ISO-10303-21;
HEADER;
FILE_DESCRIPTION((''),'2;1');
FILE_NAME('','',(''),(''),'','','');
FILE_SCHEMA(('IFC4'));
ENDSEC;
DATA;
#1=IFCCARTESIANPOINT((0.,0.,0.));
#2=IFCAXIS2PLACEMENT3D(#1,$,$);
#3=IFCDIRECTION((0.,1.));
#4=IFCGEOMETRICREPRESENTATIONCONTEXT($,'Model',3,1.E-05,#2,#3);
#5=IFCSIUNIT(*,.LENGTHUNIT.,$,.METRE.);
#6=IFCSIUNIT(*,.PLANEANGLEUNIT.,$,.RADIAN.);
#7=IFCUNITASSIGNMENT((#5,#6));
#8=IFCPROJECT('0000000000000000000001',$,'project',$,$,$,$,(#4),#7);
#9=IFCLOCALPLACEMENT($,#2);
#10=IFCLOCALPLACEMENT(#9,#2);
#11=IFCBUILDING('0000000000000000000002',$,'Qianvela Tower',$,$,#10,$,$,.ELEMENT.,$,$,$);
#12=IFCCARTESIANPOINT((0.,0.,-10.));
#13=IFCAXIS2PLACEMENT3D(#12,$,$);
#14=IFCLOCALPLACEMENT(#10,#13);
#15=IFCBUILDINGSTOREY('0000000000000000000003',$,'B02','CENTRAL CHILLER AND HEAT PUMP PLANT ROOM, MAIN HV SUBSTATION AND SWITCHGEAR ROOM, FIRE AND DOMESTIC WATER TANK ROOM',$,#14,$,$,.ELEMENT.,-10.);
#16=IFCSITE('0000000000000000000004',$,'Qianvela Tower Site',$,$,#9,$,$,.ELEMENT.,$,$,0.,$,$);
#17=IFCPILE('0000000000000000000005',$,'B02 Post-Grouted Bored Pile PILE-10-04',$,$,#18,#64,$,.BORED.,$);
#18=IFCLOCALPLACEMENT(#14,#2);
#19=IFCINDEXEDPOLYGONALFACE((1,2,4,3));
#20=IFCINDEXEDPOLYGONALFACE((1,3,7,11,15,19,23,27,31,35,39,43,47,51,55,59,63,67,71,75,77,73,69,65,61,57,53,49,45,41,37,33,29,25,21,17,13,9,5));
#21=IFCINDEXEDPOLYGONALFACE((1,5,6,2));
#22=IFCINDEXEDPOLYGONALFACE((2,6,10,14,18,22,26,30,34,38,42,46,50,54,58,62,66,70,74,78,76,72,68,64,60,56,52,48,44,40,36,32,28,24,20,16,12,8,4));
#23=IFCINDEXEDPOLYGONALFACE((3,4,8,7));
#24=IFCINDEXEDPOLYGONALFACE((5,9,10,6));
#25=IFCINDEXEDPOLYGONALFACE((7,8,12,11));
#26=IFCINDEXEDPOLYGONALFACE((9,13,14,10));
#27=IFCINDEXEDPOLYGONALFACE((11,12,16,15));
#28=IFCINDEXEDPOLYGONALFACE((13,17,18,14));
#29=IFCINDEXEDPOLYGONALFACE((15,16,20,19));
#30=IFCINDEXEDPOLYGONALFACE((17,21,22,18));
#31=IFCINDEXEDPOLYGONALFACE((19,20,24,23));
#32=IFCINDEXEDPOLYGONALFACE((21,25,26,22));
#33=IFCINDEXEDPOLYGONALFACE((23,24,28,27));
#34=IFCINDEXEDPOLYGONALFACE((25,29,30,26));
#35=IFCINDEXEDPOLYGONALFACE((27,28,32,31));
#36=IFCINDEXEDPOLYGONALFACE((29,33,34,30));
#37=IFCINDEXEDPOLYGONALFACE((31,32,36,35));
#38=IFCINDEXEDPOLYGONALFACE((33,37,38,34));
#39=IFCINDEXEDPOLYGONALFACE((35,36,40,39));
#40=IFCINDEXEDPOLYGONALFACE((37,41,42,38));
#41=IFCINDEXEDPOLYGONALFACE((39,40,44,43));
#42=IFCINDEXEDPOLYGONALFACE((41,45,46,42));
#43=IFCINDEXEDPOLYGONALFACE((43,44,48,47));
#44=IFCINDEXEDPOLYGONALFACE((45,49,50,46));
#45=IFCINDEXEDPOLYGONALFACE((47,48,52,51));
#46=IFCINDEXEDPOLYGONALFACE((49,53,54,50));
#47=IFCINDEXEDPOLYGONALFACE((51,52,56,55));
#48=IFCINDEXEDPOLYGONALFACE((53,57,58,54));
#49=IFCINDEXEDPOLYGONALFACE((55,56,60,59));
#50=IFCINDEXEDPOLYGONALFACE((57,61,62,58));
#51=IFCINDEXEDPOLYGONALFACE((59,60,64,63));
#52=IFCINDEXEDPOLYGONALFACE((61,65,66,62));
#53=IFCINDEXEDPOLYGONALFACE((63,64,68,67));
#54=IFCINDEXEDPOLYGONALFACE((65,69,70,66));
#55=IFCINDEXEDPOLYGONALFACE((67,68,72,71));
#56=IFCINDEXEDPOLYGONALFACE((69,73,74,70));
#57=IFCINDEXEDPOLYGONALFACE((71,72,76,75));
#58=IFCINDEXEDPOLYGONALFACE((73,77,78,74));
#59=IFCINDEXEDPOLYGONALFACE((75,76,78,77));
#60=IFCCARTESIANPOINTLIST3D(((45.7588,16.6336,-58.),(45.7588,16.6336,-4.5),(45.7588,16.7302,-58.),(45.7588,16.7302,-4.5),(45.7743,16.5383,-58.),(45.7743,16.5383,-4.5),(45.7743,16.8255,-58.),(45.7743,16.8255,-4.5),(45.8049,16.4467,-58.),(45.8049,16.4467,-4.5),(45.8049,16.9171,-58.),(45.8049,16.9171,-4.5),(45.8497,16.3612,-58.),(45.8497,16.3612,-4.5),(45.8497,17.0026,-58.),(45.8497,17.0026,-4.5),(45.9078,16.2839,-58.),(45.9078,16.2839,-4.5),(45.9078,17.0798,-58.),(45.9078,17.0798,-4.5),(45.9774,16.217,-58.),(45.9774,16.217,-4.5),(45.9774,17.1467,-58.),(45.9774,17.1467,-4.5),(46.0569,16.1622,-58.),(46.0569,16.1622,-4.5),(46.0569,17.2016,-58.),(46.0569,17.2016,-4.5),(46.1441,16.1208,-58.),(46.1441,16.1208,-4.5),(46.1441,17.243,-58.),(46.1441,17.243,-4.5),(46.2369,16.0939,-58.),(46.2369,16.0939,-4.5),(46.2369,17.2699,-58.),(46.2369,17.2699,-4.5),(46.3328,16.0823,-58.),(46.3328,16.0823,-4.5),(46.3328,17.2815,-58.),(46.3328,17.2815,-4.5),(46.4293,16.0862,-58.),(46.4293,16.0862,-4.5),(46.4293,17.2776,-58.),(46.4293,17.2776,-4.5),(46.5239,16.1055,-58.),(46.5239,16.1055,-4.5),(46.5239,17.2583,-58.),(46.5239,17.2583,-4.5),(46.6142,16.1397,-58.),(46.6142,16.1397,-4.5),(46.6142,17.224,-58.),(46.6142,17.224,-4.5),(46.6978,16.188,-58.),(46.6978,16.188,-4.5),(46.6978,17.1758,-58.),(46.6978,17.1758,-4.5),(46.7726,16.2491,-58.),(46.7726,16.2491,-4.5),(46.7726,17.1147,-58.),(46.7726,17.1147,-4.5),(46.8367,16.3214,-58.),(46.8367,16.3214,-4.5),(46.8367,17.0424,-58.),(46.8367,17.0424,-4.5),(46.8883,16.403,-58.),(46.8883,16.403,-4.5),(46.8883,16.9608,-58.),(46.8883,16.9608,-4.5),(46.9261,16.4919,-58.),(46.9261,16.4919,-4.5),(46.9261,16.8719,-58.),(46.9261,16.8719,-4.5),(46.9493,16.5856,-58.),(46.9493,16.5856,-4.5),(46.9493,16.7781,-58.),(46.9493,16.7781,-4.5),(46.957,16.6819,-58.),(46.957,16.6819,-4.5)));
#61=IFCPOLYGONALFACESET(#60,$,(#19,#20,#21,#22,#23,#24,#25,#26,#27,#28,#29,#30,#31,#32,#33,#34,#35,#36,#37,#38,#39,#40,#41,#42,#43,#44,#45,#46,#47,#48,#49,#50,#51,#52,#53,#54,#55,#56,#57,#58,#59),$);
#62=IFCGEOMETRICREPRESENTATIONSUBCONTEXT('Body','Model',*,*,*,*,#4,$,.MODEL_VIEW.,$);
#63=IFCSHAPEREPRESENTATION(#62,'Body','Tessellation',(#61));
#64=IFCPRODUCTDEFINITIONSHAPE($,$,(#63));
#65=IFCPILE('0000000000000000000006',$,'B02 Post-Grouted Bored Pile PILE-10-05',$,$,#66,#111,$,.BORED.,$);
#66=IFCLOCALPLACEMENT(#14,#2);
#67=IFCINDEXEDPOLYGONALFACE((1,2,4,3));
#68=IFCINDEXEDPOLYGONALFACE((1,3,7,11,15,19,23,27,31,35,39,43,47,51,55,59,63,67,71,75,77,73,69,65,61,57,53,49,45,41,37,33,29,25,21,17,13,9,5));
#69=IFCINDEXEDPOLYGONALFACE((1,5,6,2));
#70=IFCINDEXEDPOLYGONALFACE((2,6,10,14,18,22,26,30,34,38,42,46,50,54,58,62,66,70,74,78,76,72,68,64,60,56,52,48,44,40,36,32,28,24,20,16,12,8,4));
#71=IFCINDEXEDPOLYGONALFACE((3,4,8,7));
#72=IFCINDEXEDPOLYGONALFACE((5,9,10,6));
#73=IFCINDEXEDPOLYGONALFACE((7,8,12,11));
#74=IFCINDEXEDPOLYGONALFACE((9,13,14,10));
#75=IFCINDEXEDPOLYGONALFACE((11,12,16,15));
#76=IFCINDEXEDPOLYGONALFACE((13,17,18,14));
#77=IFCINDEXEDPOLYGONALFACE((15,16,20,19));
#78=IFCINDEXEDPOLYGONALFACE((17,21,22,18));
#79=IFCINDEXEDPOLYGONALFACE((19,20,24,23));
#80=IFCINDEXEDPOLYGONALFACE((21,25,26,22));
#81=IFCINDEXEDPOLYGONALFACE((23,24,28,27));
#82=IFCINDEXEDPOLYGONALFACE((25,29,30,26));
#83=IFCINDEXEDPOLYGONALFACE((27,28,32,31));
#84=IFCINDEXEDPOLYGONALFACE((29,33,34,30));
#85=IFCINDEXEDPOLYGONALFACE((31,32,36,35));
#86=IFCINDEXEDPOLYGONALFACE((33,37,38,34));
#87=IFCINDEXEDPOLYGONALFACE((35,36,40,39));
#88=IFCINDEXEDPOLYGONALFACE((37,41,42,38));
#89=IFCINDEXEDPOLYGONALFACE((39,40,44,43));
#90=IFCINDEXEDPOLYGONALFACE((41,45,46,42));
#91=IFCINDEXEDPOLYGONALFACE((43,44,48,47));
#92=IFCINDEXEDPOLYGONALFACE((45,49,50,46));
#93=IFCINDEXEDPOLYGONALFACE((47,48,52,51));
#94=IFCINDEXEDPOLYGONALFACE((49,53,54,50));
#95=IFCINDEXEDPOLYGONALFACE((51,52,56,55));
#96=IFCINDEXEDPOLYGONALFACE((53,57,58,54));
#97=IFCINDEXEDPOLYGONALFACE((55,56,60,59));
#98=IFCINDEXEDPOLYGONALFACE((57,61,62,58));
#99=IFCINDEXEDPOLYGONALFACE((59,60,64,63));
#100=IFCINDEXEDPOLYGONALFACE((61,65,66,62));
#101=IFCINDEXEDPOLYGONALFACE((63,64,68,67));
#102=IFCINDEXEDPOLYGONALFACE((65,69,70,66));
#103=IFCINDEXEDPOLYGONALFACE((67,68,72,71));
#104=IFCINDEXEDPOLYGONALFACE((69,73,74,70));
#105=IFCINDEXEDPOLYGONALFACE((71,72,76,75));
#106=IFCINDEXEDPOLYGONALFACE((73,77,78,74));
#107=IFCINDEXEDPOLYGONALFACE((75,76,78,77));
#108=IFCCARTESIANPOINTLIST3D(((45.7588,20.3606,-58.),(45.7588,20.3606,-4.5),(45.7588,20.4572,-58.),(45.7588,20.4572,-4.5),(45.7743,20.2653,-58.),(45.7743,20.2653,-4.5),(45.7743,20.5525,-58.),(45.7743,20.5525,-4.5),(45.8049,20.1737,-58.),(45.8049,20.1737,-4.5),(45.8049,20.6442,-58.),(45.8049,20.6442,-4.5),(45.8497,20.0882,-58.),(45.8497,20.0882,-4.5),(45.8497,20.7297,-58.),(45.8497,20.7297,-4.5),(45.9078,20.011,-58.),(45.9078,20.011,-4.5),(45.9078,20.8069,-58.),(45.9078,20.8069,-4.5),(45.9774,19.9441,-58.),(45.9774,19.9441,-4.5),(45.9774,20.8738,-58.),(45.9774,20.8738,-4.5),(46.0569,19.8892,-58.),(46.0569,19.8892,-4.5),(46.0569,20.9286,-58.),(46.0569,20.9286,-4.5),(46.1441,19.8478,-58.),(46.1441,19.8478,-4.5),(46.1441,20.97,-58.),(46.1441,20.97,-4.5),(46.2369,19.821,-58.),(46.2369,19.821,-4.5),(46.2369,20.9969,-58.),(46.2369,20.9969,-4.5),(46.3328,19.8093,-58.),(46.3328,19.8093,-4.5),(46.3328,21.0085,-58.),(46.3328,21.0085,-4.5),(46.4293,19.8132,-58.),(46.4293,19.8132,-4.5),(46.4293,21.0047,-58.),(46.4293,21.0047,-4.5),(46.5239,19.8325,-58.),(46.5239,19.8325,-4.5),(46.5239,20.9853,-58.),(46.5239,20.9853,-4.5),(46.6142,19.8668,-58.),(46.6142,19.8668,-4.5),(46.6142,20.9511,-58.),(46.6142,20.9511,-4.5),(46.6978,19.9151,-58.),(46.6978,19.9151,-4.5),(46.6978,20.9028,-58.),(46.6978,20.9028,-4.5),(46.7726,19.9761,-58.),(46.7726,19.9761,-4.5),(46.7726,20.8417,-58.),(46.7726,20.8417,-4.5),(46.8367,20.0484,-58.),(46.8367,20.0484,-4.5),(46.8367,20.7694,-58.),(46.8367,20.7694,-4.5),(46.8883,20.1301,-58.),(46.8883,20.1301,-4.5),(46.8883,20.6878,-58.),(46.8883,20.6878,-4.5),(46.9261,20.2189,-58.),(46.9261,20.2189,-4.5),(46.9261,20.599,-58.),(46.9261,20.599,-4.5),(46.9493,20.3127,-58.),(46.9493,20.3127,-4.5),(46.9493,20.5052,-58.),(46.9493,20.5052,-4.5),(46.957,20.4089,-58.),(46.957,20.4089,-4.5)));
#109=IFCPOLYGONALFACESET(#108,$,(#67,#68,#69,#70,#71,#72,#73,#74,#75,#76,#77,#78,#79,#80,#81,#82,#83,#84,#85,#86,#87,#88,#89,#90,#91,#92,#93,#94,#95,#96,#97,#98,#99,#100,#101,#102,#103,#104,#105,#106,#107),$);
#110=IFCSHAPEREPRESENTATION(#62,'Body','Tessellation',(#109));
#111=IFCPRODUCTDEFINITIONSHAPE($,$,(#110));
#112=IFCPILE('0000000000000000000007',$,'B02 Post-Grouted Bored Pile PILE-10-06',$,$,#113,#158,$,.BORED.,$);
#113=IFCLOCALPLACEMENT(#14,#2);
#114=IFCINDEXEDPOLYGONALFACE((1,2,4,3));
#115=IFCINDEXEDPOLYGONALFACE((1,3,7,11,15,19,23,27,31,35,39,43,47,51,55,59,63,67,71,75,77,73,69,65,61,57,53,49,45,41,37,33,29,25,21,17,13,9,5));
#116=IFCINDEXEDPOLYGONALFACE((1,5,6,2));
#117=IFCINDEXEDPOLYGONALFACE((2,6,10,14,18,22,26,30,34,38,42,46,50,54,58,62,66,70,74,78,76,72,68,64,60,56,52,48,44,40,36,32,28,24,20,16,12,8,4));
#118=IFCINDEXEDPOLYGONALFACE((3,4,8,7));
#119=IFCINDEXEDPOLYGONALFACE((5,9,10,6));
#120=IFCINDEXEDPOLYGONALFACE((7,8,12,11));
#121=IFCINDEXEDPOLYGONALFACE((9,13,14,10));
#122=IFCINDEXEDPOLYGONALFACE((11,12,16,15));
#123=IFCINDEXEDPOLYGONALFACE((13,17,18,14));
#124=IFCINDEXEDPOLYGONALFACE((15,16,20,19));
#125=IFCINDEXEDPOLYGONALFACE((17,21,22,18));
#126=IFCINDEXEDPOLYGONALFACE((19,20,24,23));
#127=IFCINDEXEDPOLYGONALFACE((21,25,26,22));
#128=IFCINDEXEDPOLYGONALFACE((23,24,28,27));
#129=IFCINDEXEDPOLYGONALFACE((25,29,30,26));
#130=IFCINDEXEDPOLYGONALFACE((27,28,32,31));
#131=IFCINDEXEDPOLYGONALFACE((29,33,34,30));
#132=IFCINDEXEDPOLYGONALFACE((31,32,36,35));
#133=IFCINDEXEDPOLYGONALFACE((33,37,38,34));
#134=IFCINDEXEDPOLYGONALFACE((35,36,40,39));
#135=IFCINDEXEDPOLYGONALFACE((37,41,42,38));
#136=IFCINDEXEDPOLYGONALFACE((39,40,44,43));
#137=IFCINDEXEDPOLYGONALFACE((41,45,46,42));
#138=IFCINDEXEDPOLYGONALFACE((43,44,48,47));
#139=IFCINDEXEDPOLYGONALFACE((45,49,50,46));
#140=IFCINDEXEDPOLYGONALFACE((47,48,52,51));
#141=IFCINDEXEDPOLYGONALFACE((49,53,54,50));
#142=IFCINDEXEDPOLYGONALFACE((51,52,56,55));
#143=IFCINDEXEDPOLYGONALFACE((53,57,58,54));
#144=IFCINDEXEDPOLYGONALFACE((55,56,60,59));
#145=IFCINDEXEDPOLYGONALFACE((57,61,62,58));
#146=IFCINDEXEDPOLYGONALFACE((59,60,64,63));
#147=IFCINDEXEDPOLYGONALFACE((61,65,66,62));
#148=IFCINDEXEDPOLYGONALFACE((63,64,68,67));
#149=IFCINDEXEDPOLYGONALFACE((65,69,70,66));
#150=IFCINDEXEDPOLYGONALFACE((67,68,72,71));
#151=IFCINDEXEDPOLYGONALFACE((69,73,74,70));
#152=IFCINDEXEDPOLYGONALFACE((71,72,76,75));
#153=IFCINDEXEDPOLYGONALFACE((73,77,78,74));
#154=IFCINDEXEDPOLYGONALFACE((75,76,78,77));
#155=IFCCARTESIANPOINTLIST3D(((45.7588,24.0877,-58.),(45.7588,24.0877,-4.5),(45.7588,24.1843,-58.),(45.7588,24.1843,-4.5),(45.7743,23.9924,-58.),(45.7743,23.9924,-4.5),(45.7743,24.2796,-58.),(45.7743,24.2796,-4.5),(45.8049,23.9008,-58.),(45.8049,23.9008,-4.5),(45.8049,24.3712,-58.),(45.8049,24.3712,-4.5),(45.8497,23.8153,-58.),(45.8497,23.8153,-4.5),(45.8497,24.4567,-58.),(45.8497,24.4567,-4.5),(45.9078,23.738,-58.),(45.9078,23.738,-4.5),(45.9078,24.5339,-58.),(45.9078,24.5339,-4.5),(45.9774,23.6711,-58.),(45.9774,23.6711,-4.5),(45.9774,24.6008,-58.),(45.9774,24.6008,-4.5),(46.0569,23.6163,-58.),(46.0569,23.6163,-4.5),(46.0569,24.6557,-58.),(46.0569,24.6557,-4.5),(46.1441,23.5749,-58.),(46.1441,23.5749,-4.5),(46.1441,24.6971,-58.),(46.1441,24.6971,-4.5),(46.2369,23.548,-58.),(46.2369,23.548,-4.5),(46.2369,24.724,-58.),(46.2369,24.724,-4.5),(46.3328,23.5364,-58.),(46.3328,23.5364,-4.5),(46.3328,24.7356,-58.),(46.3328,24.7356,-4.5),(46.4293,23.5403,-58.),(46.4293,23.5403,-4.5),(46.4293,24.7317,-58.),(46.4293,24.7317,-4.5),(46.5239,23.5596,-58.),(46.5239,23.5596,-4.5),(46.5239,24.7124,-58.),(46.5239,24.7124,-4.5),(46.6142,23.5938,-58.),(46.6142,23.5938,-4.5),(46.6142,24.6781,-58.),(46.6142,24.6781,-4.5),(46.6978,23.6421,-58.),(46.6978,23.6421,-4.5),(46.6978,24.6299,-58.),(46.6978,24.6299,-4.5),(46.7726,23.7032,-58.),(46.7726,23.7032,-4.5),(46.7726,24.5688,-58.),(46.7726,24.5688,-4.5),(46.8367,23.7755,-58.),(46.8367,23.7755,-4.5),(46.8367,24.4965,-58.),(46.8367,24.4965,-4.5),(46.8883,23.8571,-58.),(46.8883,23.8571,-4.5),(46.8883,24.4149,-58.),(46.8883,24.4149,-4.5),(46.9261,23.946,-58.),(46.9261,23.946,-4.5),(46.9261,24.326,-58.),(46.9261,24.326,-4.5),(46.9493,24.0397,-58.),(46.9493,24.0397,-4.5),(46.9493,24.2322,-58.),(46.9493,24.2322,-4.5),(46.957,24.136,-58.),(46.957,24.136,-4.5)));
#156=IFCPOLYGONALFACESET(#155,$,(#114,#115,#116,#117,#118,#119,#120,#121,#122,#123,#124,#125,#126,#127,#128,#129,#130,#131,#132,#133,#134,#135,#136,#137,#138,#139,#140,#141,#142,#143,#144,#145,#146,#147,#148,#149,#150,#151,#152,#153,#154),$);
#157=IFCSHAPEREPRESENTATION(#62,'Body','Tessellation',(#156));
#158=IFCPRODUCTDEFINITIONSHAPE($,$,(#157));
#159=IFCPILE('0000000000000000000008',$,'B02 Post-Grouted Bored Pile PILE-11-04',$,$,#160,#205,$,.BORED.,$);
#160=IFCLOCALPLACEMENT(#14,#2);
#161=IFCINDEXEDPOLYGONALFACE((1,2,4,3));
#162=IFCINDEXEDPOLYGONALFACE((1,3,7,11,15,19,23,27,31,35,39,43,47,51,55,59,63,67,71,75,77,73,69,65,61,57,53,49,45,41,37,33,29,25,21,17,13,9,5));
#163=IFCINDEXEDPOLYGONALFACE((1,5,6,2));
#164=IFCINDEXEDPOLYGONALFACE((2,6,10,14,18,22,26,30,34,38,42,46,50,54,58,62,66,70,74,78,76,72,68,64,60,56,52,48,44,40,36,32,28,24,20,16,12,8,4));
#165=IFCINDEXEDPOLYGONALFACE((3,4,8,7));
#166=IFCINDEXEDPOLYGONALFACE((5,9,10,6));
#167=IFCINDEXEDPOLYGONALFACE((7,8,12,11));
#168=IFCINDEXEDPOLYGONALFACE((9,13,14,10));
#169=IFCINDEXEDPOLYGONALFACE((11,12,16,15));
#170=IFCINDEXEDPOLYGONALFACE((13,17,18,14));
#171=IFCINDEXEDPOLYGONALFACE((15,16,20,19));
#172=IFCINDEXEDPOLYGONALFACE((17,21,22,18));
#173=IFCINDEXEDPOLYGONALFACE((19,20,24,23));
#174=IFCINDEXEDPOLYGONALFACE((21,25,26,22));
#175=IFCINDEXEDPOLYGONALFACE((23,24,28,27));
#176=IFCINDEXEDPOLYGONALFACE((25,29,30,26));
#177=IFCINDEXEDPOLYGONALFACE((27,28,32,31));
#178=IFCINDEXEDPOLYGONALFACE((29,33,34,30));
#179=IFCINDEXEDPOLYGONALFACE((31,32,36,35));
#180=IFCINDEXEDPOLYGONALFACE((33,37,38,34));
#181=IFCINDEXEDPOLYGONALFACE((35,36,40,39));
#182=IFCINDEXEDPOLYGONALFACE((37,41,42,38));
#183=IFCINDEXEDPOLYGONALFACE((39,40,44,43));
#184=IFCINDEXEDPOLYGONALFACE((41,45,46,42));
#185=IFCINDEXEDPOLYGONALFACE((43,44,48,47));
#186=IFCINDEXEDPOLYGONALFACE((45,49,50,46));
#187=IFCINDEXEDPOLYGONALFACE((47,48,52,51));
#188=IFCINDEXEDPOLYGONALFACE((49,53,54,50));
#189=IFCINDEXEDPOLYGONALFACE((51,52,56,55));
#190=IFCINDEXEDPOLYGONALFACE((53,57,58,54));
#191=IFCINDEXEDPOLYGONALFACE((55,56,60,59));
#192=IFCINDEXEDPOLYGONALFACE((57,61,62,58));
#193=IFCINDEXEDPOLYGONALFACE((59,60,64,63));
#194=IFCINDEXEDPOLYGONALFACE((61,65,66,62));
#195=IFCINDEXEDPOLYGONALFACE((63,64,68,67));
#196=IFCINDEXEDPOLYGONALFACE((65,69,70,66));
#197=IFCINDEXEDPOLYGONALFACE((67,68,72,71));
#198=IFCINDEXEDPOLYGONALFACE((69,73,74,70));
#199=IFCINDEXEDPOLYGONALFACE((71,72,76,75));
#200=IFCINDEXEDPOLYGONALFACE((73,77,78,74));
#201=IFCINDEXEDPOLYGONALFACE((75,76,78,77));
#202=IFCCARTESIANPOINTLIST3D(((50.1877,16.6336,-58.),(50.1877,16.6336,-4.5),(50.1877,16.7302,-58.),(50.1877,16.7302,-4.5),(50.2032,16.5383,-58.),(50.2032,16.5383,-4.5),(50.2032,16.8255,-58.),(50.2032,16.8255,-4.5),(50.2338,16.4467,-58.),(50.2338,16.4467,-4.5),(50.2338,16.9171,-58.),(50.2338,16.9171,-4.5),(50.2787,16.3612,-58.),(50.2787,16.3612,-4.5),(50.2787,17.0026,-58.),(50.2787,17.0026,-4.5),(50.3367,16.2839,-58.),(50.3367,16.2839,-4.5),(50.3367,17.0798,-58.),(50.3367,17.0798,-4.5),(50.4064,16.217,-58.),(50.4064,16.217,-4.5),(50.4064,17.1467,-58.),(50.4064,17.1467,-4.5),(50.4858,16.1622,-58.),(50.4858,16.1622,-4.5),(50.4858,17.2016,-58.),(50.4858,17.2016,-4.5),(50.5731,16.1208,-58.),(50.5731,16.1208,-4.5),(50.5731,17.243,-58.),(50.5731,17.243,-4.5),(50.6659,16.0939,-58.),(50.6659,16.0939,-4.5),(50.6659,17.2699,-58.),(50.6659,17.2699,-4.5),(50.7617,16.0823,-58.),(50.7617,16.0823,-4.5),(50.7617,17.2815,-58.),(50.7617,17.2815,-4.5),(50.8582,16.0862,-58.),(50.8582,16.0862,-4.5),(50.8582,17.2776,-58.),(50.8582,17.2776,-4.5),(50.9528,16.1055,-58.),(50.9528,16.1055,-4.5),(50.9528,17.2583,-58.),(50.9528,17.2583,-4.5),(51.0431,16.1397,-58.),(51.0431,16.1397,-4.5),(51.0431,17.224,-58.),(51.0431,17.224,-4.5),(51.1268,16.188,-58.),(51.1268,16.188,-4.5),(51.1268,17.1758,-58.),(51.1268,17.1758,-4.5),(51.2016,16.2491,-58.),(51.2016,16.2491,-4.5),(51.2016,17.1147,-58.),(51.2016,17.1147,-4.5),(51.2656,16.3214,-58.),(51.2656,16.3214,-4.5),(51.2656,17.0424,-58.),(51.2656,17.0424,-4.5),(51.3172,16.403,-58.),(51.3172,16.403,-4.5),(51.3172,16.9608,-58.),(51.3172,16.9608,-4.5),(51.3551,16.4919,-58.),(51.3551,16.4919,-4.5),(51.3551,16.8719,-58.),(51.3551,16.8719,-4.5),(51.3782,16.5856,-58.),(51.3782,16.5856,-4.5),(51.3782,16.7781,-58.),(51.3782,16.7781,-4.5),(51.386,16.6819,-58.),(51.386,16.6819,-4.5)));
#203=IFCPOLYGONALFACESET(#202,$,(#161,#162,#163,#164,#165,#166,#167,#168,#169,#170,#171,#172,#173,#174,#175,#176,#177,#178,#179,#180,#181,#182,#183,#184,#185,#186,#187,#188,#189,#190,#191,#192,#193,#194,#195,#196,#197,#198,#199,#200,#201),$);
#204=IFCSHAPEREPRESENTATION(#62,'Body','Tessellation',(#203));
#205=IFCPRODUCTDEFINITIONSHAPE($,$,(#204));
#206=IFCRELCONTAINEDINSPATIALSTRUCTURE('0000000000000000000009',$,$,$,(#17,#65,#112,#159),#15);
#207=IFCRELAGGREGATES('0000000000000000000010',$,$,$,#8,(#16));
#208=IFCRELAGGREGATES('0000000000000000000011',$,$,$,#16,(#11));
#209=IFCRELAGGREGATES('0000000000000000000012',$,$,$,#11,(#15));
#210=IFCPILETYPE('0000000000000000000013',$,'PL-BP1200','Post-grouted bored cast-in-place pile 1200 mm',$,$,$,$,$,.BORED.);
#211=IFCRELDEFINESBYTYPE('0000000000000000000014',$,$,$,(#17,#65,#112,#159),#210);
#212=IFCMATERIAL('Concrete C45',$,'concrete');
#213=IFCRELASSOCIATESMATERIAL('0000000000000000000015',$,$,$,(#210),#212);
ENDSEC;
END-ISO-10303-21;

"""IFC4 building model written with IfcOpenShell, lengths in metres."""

from ifc_helpers import new_model, si_unit, direction, frame, origin, origin_2d, place, context, subcontext, project, spatial, circle, extrude, material, material_profile, profile_set, type_object, element, save


model = new_model("IFC4")

# Units and contexts
model_context = context("Model", 3, precision=1e-05, world=origin(), true_north=direction((0.0, 1.0)))
body_context = subcontext(model_context, "Body", "Model", "MODEL_VIEW")
ifc_project = project(units=[si_unit("LENGTHUNIT", "METRE"), si_unit("PLANEANGLEUNIT", "RADIAN")], contexts=[model_context])

# Site, building, storey
site_placement = place(None, origin())
site = spatial("IfcSite", under=ifc_project, at=site_placement, Name="Qianvela Tower Site", CompositionType="ELEMENT", RefElevation=0.0)
building_placement = place(site_placement, origin())
building = spatial("IfcBuilding", under=site, at=building_placement, Name="Qianvela Tower", CompositionType="ELEMENT")
storey_placement = place(building_placement, frame((0.0, 0.0, -10.0)))
storey = spatial("IfcBuildingStorey", under=building, at=storey_placement, Name="B02", Description="CENTRAL CHILLER AND HEAT PUMP PLANT ROOM, MAIN HV SUBSTATION AND SWITCHGEAR ROOM, FIRE AND DOMESTIC WATER TANK ROOM", CompositionType="ELEMENT", Elevation=-10.0)

# Piles
ifc_material_1 = material(Name="Concrete C45", Category="concrete")
ifc_material_profile_1 = material_profile(ifc_material_1, circle(Radius=0.6001, at=origin_2d()), Name="BP-1200")
ifc_profile_set_1 = profile_set([ifc_material_profile_1], Name="Concrete C45")
pile_type = type_object("IfcPileType", Name="PL-BP1200", Description="Post-grouted bored cast-in-place pile 1200 mm", PredefinedType="BORED", material=ifc_profile_set_1)
for number, where, z_axis, x_axis, name in (
    (1, (46.3569, 16.6819, -4.5), (0.0, 0.0, -1.0), (1.0, 0.0, 0.0), "B02 Post-Grouted Bored Pile PILE-10-04"),
    (2, (46.3569, 20.4089, -4.5), (0.0, 0.0, -1.0), (1.0, 0.0, 0.0), "B02 Post-Grouted Bored Pile PILE-10-05"),
    (3, (46.3569, 24.136, -4.5), (0.0, 0.0, -1.0), (1.0, 0.0, 0.0), "B02 Post-Grouted Bored Pile PILE-10-06"),
    (4, (50.7859, 16.6819, -4.5), (0.0, 0.0, -1.0), (1.0, 0.0, 0.0), "B02 Post-Grouted Bored Pile PILE-11-04"),
):
    element("IfcPile", number, at=place(storey_placement, frame(where, z_axis=z_axis, x_axis=x_axis)), inside=storey, type_object=pile_type, Name=name, PredefinedType="BORED", context=body_context, shape_type="SweptSolid", body=[
        extrude(circle(Radius=0.6001, at=origin_2d()), origin(), (0.0, 0.0, 1.0), 53.5),
    ])

save(model, "model.ifc")
